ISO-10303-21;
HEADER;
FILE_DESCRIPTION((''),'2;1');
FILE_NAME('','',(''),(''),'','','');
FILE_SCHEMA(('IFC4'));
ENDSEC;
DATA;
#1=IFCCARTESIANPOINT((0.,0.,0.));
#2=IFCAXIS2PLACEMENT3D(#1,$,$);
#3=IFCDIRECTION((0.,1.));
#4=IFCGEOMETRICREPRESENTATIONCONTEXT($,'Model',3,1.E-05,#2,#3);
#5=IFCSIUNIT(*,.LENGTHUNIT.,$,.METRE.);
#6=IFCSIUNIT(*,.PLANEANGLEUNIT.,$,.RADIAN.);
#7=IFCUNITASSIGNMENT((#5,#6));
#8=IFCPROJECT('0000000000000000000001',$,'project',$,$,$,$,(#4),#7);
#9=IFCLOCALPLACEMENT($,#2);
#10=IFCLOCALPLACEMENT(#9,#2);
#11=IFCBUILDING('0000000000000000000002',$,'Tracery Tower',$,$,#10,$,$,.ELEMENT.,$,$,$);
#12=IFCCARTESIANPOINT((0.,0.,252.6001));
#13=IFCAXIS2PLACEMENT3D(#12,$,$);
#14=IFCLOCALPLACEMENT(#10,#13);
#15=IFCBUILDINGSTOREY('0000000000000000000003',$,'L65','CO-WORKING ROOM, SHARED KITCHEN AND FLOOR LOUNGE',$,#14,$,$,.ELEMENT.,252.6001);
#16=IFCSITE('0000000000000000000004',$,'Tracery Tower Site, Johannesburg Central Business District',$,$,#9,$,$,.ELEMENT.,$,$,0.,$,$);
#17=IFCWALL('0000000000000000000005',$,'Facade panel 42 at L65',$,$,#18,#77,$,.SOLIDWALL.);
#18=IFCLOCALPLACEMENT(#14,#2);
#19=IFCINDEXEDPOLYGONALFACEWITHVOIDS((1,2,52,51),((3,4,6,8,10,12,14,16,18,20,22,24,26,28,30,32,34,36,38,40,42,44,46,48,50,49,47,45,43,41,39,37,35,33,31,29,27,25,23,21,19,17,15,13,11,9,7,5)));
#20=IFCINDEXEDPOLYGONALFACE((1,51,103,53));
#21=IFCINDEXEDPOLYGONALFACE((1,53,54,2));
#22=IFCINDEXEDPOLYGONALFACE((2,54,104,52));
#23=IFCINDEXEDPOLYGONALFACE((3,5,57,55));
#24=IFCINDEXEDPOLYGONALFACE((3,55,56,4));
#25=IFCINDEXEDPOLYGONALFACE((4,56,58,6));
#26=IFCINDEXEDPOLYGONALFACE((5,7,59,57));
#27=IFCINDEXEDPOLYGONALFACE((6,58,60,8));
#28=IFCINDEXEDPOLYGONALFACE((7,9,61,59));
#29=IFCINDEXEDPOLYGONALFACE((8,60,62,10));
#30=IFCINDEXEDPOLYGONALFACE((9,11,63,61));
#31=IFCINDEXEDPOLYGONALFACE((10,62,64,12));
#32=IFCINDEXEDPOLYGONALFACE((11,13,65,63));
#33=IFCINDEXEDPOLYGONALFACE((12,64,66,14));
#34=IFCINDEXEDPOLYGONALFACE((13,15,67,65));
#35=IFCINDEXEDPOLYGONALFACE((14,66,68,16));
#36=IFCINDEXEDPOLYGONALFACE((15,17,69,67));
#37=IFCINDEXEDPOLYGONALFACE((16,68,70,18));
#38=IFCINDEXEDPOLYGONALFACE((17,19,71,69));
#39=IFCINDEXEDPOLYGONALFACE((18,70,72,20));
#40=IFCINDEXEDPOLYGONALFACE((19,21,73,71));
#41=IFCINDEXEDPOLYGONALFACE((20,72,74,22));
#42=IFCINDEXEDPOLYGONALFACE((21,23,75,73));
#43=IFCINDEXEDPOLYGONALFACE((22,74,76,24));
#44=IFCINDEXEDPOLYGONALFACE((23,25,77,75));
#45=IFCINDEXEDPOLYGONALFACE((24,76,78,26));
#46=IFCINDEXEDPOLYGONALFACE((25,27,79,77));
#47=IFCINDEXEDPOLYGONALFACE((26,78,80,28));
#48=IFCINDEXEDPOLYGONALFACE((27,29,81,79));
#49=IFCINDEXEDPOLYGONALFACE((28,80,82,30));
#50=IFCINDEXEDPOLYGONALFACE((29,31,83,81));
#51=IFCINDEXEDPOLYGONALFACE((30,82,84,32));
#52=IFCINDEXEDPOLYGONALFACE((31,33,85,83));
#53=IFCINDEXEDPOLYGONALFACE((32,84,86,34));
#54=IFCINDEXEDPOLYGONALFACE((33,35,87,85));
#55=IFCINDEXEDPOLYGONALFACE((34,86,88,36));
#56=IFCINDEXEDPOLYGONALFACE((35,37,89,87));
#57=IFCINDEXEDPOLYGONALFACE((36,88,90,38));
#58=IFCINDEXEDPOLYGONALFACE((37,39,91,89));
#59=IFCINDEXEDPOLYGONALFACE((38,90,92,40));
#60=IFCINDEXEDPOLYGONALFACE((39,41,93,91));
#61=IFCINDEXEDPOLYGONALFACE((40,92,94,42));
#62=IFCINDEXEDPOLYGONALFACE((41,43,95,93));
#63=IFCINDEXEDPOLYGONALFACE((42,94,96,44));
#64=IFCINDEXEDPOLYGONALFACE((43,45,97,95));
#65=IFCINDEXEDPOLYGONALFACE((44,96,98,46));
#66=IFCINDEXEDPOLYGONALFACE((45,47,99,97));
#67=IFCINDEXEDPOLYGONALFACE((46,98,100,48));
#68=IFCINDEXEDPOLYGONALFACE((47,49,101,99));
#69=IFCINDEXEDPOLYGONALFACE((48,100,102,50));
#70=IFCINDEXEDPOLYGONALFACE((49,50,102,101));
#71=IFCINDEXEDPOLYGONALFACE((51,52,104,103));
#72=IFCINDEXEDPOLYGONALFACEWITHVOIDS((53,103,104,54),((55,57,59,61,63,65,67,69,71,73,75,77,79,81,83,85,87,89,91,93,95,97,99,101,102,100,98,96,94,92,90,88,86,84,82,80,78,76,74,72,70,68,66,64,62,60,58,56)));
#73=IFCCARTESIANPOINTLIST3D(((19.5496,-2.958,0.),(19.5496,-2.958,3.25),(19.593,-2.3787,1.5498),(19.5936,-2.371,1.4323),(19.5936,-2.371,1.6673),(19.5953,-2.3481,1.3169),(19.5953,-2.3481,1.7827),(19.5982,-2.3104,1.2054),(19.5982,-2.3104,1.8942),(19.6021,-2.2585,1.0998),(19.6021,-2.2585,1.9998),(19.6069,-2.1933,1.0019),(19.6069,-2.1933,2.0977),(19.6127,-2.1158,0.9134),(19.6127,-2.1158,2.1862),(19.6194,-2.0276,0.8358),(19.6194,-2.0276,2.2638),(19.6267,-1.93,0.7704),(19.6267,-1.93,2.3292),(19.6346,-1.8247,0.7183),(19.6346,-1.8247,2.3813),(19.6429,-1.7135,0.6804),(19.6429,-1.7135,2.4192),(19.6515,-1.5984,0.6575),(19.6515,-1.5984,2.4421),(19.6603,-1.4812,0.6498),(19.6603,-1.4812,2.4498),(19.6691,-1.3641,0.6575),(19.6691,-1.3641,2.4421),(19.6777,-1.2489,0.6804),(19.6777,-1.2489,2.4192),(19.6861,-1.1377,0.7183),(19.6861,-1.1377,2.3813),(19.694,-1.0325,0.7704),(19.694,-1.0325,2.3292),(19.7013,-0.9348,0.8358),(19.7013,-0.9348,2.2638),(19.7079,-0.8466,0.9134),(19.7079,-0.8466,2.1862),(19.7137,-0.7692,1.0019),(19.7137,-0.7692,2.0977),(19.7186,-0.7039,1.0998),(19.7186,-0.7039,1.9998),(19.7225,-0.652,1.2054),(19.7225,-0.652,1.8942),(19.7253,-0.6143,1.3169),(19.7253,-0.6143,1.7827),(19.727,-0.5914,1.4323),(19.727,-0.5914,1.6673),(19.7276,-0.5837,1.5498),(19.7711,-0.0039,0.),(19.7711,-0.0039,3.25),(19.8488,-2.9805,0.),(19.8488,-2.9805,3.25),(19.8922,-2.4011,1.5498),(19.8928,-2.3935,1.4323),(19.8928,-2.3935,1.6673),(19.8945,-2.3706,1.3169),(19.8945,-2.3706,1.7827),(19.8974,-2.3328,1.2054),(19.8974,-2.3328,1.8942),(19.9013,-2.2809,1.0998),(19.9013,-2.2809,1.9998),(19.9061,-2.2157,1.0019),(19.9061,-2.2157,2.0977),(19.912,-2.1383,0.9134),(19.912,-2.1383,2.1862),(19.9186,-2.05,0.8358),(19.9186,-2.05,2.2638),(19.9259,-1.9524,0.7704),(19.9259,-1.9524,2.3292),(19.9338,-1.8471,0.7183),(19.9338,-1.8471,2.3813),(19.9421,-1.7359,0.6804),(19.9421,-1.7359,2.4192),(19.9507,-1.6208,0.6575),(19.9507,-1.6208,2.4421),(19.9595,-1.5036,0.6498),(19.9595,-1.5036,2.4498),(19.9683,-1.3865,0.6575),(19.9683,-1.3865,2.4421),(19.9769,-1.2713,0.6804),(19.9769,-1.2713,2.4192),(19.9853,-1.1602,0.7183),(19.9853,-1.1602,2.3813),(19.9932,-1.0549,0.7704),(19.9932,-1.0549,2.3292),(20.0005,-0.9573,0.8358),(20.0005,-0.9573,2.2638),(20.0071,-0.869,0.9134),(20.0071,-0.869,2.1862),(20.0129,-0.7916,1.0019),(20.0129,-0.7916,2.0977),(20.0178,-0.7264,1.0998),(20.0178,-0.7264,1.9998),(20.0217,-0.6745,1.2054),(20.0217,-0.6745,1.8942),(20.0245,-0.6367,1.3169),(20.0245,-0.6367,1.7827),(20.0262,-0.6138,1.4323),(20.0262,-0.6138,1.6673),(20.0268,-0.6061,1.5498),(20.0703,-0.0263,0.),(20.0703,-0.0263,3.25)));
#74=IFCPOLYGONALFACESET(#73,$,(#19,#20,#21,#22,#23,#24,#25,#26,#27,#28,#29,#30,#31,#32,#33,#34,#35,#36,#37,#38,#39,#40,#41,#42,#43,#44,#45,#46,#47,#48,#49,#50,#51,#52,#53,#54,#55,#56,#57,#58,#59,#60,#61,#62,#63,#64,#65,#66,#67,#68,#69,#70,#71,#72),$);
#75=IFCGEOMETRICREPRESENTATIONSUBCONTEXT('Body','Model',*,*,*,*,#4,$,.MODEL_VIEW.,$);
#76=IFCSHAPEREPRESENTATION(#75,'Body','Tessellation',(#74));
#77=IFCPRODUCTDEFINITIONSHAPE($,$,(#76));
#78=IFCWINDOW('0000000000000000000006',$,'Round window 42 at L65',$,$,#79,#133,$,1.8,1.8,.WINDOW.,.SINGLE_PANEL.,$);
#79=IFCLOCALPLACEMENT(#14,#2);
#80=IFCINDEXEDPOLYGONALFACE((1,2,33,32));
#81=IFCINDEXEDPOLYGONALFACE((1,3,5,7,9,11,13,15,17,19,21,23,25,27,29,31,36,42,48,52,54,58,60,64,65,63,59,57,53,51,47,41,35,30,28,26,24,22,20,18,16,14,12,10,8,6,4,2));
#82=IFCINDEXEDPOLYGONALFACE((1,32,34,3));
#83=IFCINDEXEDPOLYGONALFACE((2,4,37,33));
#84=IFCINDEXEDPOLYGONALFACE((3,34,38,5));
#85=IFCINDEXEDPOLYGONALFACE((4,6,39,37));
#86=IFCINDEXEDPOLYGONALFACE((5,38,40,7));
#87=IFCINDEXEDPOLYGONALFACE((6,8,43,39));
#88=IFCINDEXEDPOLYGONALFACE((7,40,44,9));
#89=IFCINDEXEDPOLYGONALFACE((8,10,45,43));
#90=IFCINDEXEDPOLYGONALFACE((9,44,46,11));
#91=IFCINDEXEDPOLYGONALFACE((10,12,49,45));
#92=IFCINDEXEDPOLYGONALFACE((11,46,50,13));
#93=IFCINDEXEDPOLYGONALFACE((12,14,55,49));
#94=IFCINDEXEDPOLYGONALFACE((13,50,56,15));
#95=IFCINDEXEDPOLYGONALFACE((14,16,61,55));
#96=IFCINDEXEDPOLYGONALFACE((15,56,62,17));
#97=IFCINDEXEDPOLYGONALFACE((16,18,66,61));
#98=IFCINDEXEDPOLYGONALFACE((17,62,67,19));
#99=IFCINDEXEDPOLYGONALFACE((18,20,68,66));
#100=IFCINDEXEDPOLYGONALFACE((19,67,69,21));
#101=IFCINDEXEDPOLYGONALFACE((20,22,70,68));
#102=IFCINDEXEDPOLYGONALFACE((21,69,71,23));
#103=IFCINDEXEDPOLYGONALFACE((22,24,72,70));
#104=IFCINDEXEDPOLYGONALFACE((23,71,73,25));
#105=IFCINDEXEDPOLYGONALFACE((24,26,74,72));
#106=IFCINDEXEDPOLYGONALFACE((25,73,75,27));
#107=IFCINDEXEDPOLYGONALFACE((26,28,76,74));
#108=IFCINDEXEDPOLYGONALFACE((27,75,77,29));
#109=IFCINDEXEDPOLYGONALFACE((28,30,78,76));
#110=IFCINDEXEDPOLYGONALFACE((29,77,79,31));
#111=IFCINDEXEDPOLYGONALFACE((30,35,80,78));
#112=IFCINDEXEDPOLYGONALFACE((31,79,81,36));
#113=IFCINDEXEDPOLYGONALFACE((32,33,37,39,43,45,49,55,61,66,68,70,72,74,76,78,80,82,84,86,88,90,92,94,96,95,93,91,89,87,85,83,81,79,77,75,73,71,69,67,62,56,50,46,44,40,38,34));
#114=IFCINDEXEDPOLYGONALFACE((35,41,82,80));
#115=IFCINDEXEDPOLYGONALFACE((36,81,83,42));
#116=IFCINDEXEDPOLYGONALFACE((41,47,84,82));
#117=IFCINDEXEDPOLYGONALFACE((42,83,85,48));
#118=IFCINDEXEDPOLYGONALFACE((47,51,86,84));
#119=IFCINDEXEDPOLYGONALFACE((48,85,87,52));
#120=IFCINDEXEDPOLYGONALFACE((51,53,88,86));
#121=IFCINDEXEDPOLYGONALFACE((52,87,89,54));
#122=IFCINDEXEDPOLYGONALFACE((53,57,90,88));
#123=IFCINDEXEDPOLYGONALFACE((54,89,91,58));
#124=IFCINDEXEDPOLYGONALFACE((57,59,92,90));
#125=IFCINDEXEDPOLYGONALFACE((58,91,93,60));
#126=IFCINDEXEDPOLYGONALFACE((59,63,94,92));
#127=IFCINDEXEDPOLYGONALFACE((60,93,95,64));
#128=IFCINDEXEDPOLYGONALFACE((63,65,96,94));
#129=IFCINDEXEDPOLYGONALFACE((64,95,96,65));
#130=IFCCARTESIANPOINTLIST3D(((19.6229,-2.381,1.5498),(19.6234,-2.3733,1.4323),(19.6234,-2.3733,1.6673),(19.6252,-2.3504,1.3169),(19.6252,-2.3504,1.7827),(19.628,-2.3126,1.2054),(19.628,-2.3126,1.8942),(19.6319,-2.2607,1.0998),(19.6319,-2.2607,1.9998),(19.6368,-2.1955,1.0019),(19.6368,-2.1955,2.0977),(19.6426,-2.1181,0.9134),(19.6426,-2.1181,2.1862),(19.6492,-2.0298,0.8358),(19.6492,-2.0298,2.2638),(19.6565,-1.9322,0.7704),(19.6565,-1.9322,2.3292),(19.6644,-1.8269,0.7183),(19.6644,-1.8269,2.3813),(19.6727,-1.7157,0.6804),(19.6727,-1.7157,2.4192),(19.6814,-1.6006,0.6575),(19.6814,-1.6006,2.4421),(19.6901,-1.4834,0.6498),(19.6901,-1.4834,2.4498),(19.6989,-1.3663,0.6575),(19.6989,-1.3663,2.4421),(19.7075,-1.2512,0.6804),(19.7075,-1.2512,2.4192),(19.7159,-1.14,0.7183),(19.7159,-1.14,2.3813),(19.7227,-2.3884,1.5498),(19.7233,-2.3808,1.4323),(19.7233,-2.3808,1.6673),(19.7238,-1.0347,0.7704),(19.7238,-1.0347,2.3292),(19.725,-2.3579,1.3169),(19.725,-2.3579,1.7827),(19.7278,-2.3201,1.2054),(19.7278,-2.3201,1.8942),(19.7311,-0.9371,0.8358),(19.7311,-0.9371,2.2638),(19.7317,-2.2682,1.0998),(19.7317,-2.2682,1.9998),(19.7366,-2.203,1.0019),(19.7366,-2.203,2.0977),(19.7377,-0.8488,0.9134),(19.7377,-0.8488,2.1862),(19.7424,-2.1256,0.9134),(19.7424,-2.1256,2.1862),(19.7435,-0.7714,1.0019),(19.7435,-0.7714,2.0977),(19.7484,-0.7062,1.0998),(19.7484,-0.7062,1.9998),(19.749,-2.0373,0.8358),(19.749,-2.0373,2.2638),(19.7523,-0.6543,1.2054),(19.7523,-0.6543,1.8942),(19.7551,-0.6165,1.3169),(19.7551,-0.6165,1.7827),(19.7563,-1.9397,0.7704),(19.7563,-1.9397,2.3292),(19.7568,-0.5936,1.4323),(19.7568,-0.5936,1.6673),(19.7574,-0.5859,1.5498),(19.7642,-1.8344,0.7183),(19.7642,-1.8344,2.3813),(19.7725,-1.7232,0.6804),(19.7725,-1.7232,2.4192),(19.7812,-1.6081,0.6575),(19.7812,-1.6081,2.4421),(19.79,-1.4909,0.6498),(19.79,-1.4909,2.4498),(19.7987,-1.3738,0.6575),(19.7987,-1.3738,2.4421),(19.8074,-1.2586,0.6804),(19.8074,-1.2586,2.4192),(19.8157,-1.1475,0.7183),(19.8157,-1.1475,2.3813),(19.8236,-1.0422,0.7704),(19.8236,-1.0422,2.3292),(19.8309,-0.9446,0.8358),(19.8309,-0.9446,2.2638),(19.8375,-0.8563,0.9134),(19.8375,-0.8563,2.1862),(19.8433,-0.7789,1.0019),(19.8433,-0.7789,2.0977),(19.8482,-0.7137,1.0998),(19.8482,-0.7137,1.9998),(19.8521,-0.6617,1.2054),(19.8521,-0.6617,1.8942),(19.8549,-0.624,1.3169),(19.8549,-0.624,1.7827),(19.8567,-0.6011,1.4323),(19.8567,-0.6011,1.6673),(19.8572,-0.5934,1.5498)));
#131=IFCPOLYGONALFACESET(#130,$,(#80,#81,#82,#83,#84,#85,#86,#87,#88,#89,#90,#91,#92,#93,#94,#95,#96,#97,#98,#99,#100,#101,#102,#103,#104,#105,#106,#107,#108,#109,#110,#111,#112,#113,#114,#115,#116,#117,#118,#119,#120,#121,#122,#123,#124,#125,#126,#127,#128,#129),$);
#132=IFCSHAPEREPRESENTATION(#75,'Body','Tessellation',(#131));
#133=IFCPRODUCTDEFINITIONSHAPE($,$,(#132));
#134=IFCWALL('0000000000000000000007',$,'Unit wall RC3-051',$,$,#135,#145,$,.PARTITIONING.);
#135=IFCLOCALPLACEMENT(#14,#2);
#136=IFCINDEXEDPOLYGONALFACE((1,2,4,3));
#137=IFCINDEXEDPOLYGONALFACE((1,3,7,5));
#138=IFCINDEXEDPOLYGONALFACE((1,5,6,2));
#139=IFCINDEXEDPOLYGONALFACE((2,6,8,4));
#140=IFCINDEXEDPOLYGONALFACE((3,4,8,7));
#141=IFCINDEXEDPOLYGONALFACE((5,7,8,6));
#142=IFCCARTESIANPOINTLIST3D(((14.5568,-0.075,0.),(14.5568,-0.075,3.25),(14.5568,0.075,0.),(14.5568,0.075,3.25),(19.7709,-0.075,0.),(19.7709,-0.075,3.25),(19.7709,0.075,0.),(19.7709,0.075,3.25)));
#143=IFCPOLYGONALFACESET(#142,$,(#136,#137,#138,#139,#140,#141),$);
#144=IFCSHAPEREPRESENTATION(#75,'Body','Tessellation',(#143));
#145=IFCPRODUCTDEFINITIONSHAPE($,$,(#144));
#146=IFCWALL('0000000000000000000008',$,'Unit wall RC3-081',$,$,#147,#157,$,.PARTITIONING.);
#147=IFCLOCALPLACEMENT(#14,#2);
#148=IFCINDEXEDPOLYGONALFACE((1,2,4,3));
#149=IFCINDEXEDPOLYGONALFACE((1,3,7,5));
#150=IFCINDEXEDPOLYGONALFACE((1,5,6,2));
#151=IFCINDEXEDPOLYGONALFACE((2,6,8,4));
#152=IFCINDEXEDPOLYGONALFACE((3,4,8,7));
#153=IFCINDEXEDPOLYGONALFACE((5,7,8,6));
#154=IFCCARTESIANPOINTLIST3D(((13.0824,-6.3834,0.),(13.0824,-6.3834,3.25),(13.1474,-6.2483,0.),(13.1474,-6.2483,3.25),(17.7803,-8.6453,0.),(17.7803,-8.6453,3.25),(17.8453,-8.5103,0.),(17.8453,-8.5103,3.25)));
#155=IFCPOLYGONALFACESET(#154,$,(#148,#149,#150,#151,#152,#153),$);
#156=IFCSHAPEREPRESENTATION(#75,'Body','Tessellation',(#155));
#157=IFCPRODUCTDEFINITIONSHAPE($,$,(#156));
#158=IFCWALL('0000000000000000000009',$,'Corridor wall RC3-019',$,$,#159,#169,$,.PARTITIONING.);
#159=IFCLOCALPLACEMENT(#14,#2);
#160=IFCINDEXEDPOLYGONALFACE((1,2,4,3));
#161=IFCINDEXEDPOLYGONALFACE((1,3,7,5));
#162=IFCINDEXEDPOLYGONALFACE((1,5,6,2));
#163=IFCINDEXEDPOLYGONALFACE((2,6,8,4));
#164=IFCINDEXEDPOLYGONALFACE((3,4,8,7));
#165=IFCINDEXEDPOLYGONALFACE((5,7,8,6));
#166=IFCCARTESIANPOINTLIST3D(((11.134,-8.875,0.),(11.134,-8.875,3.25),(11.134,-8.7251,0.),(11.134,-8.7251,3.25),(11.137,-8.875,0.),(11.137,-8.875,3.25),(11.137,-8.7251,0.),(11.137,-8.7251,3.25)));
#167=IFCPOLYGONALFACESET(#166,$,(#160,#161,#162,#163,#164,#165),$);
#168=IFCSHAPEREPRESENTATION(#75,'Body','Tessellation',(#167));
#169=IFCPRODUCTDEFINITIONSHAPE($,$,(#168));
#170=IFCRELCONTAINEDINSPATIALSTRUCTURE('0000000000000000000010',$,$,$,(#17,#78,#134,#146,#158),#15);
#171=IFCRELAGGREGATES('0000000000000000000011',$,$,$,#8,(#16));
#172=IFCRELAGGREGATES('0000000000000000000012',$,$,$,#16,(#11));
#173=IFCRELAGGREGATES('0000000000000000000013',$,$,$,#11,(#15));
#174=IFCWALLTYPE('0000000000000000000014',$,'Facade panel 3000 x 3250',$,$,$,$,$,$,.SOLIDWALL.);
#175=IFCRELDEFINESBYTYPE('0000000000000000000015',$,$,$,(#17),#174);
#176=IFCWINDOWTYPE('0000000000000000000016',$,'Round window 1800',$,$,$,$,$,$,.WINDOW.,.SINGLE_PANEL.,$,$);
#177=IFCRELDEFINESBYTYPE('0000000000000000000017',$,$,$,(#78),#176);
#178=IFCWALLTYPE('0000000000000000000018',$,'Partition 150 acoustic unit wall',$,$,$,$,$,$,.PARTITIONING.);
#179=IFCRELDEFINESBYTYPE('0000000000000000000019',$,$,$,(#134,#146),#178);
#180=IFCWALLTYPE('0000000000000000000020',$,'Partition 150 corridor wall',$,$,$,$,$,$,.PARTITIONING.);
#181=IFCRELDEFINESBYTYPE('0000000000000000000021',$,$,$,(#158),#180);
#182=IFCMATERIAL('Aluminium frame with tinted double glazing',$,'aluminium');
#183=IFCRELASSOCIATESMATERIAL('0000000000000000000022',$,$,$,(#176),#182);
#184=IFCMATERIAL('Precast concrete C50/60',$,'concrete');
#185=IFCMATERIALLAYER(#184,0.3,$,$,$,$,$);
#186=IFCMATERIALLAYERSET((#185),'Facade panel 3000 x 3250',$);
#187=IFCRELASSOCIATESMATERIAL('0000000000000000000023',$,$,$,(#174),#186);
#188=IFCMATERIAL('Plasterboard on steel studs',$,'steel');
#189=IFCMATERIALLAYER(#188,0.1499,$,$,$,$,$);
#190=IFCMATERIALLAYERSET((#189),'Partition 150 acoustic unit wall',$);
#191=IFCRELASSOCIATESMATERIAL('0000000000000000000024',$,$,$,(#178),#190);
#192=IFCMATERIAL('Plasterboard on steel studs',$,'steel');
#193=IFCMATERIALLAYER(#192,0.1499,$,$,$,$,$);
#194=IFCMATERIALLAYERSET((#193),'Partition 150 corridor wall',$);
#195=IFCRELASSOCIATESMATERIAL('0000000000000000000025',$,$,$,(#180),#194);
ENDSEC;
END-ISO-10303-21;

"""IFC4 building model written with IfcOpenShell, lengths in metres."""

from ifc_helpers import new_model, si_unit, direction, frame, frame_2d, origin, origin_2d, place, context, subcontext, project, spatial, rectangle, circle, extrude, material, layer, layer_set, type_object, element, fill, save


model = new_model("IFC4")

# Units and contexts
model_context = context("Model", 3, precision=1e-05, world=origin(), true_north=direction((0.0, 1.0)))
body_context = subcontext(model_context, "Body", "Model", "MODEL_VIEW")
ifc_project = project(units=[si_unit("LENGTHUNIT", "METRE"), si_unit("PLANEANGLEUNIT", "RADIAN")], contexts=[model_context])

# Site, building, storey
site_placement = place(None, origin())
site = spatial("IfcSite", under=ifc_project, at=site_placement, Name="Tracery Tower Site, Johannesburg Central Business District", CompositionType="ELEMENT", RefElevation=0.0)
building_placement = place(site_placement, origin())
building = spatial("IfcBuilding", under=site, at=building_placement, Name="Tracery Tower", CompositionType="ELEMENT")
storey_placement = place(building_placement, frame((0.0, 0.0, 252.6001)))
storey = spatial("IfcBuildingStorey", under=building, at=storey_placement, Name="L65", Description="CO-WORKING ROOM, SHARED KITCHEN AND FLOOR LOUNGE", CompositionType="ELEMENT", Elevation=252.6001)

# Wall, opening, window
ifc_material_1 = material(Name="Aluminium frame with tinted double glazing", Category="aluminium")
window_type = type_object("IfcWindowType", Name="Round window 1800", PartitioningType="SINGLE_PANEL", PredefinedType="WINDOW", material=ifc_material_1)
ifc_material_2 = material(Name="Precast concrete C50/60", Category="concrete")
ifc_layer_1 = layer(ifc_material_2, 0.3)
ifc_layer_set_1 = layer_set([ifc_layer_1], Name="Facade panel 3000 x 3250")
wall_type_1 = type_object("IfcWallType", Name="Facade panel 3000 x 3250", PredefinedType="SOLIDWALL", material=ifc_layer_set_1)
wall_1_placement = place(storey_placement, frame((19.6992, -2.9692, 0.0), z_axis=(0.0, 0.0, 1.0), x_axis=(0.074749, 0.997202, 0.0)))
wall_1 = element("IfcWall", 1, at=wall_1_placement, inside=storey, type_object=wall_type_1, Name="Facade panel 42 at L65", PredefinedType="SOLIDWALL", context=body_context, shape_type="SweptSolid", body=[
    extrude(rectangle(XDim=2.9624, YDim=0.3, at=frame_2d((1.4812, 0.0))), origin(), (0.0, 0.0, 1.0), 3.25),
])
opening_1_placement = place(wall_1_placement, frame((1.481, 0.0, 1.5498)))
opening_1 = element("IfcOpeningElement", 2, at=opening_1_placement, cuts=wall_1, PredefinedType="OPENING", context=body_context, shape_type="SweptSolid", body=[
    extrude(circle(Radius=0.9, at=origin_2d()), frame((0.0, 0.1599, 0.0), z_axis=(0.0, -1.0, 0.0), x_axis=(1.0, 0.0, 0.0)), (0.0, 0.0, 1.0), 0.3201),
])
window_1_placement = place(opening_1_placement, origin())
window_1 = element("IfcWindow", 3, at=window_1_placement, inside=storey, type_object=window_type, Name="Round window 42 at L65", OverallHeight=1.8, OverallWidth=1.8, PartitioningType="SINGLE_PANEL", PredefinedType="WINDOW", context=body_context, shape_type="SweptSolid", body=[
    extrude(circle(Radius=0.9, at=origin_2d()), frame((0.0, 0.1201, 0.0), z_axis=(0.0, -1.0, 0.0), x_axis=(1.0, 0.0, 0.0)), (0.0, 0.0, 1.0), 0.1001),
])
fill(opening_1, window_1)

# Walls
ifc_material_3 = material(Name="Plasterboard on steel studs", Category="steel")
ifc_layer_2 = layer(ifc_material_3, 0.1499)
ifc_layer_set_2 = layer_set([ifc_layer_2], Name="Partition 150 acoustic unit wall")
wall_type_2 = type_object("IfcWallType", Name="Partition 150 acoustic unit wall", PredefinedType="PARTITIONING", material=ifc_layer_set_2)
for number, where, z_axis, x_axis, name in (
    (4, (14.5569, 0.0, 0.0), (0.0, 0.0, 1.0), (1.0, 0.0, 0.0), "Unit wall RC3-051"),
    (5, (13.115, -6.3159, 0.0), (0.0, 0.0, 1.0), (0.901004, -0.43381, 0.0), "Unit wall RC3-081"),
):
    element("IfcWall", number, at=place(storey_placement, frame(where, z_axis=z_axis, x_axis=x_axis)), inside=storey, type_object=wall_type_2, Name=name, PredefinedType="PARTITIONING", context=body_context, shape_type="SweptSolid", body=[
        extrude(rectangle(XDim=5.2141, YDim=0.1499, at=frame_2d((2.6069, 0.0))), origin(), (0.0, 0.0, 1.0), 3.25),
    ])
ifc_material_4 = material(Name="Plasterboard on steel studs", Category="steel")
ifc_layer_3 = layer(ifc_material_4, 0.1499)
ifc_layer_set_3 = layer_set([ifc_layer_3], Name="Partition 150 corridor wall")
wall_type_3 = type_object("IfcWallType", Name="Partition 150 corridor wall", PredefinedType="PARTITIONING", material=ifc_layer_set_3)
wall_2_placement = place(storey_placement, frame((11.137, -8.8, 0.0), z_axis=(0.0, 0.0, 1.0), x_axis=(-1.0, 0.0, 0.0)))
element("IfcWall", 6, at=wall_2_placement, inside=storey, type_object=wall_type_3, Name="Corridor wall RC3-019", PredefinedType="PARTITIONING", context=body_context, shape_type="SweptSolid", body=[
    extrude(rectangle(XDim=0.0029, YDim=0.1499, at=frame_2d((0.0015, 0.0))), origin(), (0.0, 0.0, 1.0), 3.25),
])

save(model, "model.ifc")
